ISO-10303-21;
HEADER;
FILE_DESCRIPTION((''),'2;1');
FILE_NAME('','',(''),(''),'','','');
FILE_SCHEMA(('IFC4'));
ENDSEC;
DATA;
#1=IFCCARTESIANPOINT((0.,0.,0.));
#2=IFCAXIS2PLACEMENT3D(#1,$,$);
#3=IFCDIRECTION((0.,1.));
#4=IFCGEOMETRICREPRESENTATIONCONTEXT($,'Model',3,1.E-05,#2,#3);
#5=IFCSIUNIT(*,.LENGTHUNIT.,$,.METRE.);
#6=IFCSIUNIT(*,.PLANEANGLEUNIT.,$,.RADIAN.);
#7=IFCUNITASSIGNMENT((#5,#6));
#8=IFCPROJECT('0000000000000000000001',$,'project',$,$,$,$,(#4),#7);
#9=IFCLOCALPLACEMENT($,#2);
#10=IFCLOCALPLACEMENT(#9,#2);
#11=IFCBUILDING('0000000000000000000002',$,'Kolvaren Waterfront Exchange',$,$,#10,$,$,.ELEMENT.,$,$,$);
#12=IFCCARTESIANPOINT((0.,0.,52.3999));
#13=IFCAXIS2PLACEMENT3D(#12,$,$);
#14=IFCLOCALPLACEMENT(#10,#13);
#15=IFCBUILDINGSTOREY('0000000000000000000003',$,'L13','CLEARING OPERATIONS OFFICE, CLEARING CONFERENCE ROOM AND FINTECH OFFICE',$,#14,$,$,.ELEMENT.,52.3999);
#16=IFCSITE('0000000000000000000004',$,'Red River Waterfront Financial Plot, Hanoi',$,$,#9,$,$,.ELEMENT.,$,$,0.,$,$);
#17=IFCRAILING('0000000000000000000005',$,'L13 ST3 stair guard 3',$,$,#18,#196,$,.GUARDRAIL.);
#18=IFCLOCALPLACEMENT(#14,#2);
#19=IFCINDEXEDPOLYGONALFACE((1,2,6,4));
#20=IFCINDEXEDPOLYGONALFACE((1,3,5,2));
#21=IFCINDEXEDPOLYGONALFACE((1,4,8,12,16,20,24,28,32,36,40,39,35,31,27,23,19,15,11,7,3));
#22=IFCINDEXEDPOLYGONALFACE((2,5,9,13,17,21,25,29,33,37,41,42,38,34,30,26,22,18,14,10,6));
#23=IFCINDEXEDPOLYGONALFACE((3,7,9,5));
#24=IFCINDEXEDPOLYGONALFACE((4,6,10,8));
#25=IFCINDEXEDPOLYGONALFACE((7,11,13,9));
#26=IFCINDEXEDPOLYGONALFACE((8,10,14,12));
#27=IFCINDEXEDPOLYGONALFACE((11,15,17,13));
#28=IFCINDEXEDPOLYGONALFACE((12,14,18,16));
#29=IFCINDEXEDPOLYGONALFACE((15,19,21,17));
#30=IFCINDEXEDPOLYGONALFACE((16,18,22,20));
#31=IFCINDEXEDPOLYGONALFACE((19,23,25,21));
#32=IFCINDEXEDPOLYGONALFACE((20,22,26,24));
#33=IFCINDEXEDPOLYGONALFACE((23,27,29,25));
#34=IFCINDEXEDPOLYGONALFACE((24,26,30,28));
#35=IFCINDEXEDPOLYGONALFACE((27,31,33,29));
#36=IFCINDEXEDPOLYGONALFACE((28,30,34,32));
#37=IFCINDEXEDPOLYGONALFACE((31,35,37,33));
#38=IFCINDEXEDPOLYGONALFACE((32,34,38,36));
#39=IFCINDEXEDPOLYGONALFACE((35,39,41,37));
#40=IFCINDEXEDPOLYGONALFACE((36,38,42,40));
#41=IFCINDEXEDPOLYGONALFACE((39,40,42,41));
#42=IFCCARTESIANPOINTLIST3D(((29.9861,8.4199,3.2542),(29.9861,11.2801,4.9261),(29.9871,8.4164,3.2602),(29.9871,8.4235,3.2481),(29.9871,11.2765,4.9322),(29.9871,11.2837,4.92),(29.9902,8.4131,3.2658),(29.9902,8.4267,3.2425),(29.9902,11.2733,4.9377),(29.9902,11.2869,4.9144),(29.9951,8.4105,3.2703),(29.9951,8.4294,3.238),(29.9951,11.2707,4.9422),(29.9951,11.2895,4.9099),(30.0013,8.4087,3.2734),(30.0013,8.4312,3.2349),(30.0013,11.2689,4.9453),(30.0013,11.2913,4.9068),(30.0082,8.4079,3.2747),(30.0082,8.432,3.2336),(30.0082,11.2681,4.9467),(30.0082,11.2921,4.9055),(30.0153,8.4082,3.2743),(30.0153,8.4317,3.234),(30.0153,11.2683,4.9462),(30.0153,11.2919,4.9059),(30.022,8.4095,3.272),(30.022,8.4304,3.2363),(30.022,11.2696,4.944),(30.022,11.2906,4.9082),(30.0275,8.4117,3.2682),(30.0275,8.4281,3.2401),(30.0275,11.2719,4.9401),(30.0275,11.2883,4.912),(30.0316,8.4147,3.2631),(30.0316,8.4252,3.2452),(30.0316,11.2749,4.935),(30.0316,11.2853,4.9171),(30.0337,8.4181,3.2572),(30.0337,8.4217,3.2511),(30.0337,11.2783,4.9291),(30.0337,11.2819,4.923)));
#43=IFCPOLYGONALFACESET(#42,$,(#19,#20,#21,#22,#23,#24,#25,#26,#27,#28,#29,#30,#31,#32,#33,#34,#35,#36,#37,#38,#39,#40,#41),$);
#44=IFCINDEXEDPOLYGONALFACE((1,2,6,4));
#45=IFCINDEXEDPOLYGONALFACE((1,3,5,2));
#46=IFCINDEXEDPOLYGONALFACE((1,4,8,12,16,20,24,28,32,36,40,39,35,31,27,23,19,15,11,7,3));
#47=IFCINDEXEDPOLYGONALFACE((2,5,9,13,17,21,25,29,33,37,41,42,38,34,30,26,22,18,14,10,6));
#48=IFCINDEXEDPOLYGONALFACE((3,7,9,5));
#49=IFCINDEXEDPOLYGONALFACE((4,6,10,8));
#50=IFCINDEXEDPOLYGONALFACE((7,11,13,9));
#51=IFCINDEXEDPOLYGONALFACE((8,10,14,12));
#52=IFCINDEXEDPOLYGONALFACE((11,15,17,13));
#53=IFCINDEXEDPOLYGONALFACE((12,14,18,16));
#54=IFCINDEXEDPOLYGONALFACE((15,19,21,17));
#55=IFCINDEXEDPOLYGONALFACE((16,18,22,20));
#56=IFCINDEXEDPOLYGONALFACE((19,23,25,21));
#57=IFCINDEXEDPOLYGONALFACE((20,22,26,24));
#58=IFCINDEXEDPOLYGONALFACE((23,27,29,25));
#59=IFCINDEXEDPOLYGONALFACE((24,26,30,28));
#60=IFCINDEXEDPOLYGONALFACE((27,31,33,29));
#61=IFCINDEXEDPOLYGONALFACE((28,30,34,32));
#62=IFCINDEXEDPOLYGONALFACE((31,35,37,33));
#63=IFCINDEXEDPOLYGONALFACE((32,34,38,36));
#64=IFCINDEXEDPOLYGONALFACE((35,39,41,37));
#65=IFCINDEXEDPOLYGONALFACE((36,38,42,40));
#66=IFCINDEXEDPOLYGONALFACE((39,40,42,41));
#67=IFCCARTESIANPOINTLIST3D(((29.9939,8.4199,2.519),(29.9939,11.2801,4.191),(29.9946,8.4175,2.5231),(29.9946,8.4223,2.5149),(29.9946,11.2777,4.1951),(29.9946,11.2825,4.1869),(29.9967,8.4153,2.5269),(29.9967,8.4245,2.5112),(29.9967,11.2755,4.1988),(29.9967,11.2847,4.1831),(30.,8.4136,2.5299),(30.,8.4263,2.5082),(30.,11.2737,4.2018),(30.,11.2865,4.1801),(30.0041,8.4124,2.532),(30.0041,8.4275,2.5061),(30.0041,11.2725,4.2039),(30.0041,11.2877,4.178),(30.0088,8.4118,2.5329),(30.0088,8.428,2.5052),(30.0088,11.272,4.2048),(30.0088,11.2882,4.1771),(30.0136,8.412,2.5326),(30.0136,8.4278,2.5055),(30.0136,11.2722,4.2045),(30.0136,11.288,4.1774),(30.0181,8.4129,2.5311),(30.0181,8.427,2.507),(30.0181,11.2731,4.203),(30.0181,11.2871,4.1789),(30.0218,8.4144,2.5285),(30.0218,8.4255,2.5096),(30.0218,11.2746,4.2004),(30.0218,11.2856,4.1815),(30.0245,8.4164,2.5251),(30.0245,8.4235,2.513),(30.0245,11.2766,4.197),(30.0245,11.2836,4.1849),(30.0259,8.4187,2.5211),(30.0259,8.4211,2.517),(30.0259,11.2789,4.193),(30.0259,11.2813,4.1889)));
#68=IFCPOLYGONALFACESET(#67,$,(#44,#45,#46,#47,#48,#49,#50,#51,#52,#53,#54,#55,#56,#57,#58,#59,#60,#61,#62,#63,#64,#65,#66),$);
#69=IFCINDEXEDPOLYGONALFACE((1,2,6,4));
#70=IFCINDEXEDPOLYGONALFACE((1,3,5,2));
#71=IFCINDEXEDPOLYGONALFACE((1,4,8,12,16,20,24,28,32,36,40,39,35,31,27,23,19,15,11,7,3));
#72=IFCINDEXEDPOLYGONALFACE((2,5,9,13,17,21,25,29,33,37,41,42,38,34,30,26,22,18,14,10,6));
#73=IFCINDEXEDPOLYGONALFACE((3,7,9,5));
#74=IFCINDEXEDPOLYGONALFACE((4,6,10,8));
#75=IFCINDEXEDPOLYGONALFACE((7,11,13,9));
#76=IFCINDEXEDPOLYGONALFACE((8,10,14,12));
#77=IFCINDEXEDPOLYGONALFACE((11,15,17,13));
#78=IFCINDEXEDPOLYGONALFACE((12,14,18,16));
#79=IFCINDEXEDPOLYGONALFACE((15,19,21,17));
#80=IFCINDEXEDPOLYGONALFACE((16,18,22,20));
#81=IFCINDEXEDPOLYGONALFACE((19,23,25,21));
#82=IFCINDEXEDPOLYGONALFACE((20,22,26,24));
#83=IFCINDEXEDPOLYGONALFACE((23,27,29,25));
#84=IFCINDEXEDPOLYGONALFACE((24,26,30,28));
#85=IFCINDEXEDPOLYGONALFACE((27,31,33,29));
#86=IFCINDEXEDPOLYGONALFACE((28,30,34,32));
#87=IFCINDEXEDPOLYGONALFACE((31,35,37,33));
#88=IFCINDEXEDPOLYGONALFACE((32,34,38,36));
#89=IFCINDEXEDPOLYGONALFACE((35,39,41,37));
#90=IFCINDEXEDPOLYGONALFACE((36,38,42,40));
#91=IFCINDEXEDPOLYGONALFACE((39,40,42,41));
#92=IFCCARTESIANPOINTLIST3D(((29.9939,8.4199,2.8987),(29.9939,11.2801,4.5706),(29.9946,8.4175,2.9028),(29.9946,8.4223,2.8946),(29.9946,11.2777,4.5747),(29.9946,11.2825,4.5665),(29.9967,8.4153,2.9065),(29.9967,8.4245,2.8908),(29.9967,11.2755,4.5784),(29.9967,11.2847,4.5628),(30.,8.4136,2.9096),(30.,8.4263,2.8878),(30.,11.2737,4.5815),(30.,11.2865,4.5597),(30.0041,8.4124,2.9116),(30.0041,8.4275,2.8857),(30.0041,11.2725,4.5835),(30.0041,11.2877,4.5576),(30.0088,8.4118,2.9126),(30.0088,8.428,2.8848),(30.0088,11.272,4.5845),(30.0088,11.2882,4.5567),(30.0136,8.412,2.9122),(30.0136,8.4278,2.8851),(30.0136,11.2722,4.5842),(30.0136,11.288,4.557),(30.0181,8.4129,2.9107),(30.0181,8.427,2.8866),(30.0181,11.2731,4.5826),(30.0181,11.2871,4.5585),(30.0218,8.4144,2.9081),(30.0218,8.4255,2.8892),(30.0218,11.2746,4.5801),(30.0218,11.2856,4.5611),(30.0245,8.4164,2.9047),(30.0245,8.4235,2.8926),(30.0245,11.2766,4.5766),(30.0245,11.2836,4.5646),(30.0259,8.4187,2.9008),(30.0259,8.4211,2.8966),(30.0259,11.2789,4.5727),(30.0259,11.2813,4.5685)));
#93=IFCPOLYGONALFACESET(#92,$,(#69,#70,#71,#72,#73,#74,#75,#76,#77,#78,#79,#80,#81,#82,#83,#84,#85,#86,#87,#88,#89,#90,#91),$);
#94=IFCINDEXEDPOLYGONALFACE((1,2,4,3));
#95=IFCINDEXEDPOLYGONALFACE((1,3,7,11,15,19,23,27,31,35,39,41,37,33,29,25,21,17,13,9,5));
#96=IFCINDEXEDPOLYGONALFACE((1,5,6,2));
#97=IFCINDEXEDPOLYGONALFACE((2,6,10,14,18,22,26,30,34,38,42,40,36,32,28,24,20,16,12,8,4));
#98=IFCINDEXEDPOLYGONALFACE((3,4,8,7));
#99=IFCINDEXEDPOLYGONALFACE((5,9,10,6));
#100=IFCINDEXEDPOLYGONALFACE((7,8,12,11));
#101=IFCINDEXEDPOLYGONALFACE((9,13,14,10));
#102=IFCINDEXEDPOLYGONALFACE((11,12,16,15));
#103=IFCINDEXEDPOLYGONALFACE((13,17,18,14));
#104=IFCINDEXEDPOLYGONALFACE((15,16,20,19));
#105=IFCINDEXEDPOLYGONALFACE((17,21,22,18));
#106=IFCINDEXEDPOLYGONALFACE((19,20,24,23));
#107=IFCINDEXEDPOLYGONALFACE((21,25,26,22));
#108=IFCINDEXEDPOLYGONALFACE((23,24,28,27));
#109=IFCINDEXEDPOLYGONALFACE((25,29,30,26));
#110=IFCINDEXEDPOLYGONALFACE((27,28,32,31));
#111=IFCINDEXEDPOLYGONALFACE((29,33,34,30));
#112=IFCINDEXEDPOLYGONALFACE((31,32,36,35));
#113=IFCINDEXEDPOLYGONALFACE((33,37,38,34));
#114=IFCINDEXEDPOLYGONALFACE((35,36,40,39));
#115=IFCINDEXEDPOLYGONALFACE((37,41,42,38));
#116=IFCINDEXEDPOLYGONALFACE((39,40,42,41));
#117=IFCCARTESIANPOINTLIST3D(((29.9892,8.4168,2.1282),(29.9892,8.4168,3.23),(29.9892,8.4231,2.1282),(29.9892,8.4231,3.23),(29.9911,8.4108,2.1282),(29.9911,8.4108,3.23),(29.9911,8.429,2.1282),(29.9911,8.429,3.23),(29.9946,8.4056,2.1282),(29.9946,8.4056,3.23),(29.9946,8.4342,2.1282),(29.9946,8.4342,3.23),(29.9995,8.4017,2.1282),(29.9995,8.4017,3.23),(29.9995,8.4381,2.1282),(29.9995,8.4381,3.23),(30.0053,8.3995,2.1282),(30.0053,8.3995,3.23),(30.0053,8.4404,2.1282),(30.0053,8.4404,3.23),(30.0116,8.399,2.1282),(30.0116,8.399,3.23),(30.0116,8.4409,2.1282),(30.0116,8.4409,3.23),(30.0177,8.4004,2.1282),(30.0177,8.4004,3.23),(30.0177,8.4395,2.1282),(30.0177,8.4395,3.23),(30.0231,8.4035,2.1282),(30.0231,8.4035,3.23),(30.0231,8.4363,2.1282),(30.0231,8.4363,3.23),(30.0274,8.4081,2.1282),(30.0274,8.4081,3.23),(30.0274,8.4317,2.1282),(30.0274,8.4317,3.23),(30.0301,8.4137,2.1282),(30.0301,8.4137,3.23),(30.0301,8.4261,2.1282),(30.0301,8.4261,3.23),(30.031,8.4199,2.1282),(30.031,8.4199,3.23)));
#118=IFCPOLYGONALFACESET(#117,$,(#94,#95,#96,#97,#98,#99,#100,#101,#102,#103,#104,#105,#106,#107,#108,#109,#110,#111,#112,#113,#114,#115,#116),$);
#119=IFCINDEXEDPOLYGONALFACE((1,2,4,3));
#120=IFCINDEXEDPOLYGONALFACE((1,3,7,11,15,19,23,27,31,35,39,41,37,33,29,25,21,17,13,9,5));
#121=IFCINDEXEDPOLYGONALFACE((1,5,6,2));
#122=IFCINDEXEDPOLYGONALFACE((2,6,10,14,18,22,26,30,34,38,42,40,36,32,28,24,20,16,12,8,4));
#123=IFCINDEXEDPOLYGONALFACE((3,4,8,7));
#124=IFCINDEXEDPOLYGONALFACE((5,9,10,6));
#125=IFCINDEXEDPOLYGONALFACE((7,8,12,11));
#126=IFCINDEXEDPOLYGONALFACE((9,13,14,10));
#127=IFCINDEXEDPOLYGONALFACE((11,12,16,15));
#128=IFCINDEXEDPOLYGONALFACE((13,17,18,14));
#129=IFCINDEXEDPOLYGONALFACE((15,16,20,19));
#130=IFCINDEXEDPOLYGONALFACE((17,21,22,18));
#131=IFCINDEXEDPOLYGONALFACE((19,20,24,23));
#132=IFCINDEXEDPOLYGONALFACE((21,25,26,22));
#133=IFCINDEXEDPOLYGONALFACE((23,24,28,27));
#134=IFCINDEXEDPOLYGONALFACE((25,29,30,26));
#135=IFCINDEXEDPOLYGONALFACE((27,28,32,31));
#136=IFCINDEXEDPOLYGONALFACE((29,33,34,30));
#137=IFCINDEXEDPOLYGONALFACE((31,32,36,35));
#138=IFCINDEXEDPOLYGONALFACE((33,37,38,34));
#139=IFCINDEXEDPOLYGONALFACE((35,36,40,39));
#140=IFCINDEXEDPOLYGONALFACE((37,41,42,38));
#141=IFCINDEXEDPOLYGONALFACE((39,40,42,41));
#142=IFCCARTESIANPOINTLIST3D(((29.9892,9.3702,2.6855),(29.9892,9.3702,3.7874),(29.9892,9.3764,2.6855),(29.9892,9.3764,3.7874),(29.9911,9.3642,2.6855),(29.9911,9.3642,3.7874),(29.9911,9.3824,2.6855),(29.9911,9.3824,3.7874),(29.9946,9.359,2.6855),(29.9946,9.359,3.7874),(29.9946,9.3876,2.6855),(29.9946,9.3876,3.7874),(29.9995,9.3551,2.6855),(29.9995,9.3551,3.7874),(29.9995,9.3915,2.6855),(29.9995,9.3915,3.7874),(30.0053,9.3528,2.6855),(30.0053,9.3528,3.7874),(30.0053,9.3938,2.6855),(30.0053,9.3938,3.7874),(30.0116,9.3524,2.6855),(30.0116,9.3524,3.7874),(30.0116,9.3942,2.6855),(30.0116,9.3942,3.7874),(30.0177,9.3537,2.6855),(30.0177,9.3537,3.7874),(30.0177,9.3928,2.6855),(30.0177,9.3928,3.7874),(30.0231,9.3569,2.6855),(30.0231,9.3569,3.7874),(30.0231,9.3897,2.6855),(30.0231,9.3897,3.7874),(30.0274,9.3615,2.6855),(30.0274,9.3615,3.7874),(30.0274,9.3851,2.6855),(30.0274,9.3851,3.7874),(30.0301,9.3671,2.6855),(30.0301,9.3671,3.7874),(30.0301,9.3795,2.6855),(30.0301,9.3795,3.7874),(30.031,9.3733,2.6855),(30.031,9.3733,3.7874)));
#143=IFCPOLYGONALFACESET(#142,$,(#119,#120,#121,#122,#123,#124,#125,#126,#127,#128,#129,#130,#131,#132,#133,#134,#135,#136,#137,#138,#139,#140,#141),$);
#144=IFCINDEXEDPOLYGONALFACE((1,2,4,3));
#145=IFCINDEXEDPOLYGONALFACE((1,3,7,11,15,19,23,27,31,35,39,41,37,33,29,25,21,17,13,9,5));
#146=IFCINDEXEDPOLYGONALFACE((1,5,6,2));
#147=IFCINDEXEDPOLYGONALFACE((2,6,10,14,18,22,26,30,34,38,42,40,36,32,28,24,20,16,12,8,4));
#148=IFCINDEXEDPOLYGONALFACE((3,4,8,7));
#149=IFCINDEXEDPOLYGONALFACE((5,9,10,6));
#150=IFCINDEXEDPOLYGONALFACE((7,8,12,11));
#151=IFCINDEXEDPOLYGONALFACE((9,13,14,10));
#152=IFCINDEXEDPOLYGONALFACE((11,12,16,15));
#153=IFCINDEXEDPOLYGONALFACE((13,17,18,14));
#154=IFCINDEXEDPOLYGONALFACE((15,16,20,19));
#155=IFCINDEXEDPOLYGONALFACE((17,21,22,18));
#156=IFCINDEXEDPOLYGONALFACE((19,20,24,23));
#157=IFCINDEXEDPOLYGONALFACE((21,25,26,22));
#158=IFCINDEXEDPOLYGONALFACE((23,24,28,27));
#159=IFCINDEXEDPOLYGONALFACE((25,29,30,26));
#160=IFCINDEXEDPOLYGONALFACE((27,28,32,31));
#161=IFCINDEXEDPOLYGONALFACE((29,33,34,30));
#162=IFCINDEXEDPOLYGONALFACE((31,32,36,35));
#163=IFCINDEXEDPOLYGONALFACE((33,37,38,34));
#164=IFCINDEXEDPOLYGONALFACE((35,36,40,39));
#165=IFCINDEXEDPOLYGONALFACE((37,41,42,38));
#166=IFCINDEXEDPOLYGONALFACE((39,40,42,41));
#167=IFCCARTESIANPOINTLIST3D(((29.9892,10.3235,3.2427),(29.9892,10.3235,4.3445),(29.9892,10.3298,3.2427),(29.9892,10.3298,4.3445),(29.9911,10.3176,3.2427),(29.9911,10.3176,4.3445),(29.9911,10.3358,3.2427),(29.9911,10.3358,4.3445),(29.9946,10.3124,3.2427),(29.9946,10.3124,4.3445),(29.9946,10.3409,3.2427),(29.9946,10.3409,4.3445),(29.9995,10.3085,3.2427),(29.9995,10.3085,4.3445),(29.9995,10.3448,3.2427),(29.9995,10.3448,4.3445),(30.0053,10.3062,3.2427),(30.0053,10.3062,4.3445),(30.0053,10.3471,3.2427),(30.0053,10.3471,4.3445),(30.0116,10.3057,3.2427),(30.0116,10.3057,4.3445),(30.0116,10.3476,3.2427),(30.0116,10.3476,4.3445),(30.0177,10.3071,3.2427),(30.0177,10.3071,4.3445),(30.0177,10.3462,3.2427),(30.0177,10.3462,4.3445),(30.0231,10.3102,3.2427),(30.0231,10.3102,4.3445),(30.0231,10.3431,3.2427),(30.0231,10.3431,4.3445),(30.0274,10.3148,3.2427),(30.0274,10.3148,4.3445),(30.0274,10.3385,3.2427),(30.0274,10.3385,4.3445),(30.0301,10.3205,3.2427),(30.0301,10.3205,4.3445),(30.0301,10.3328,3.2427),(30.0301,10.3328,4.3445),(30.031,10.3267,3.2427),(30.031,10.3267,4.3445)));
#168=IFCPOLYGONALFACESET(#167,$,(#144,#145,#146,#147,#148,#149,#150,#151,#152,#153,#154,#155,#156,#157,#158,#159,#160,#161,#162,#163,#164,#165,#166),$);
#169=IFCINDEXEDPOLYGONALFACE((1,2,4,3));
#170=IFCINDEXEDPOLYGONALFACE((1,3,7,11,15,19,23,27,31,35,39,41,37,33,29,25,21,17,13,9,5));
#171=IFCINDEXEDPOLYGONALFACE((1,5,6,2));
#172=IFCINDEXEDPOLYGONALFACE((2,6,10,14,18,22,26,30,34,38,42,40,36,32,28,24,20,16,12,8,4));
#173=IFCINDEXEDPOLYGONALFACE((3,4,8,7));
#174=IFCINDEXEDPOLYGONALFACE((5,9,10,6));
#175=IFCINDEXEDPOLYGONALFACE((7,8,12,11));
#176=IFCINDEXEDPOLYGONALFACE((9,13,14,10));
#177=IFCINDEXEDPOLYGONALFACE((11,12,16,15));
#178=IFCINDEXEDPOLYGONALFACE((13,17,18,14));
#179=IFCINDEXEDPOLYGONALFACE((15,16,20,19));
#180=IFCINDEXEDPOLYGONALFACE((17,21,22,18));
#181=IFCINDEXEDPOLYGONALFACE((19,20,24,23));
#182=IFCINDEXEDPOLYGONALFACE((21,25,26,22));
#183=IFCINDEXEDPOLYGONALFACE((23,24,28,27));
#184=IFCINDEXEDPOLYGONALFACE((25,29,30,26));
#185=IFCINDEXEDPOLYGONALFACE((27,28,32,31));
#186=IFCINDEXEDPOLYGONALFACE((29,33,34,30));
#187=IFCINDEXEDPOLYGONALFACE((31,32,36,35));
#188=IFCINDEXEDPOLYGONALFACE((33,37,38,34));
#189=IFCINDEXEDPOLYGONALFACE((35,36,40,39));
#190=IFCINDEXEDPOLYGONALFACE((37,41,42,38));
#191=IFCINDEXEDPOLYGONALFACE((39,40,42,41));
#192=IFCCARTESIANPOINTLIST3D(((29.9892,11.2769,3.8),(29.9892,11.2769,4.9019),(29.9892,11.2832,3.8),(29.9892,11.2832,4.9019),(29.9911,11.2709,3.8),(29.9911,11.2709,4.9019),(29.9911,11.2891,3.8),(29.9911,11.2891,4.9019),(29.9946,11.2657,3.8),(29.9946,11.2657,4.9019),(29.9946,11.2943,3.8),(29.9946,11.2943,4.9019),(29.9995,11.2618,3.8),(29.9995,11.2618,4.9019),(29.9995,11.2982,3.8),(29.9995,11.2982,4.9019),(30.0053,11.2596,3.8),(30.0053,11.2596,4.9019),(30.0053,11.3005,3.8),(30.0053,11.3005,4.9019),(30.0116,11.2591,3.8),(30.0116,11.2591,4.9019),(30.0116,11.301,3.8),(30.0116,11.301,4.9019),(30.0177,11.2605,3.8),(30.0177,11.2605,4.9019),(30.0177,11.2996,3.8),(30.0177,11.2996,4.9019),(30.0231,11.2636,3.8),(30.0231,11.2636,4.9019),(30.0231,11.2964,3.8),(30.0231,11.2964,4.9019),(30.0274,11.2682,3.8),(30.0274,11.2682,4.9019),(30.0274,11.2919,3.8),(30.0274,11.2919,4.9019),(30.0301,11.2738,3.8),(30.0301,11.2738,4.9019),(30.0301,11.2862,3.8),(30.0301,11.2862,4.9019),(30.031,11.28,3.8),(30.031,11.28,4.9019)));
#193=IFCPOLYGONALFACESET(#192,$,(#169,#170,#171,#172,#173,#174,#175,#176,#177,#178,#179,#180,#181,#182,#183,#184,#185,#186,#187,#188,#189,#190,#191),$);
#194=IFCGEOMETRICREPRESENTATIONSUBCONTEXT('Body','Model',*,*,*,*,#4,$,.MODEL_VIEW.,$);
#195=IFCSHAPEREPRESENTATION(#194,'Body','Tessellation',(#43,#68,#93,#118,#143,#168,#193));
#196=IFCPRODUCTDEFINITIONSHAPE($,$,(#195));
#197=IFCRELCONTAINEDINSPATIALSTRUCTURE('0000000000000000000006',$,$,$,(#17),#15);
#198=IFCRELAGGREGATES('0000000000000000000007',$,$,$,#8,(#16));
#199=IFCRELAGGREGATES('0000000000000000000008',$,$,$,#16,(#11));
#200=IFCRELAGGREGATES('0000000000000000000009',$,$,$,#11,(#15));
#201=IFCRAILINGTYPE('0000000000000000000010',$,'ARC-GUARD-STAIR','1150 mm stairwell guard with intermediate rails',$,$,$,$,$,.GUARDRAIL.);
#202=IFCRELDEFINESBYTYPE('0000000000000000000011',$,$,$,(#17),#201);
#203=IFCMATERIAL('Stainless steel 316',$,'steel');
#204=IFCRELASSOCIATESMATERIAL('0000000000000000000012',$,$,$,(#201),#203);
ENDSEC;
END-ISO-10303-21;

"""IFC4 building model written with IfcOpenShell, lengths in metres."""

from ifc_helpers import new_model, si_unit, direction, frame, origin, origin_2d, place, context, subcontext, project, spatial, circle, extrude, material, type_object, element, save


model = new_model("IFC4")

# Units and contexts
model_context = context("Model", 3, precision=1e-05, world=origin(), true_north=direction((0.0, 1.0)))
body_context = subcontext(model_context, "Body", "Model", "MODEL_VIEW")
ifc_project = project(units=[si_unit("LENGTHUNIT", "METRE"), si_unit("PLANEANGLEUNIT", "RADIAN")], contexts=[model_context])

# Site, building, storey
site_placement = place(None, origin())
site = spatial("IfcSite", under=ifc_project, at=site_placement, Name="Red River Waterfront Financial Plot, Hanoi", CompositionType="ELEMENT", RefElevation=0.0)
building_placement = place(site_placement, origin())
building = spatial("IfcBuilding", under=site, at=building_placement, Name="Kolvaren Waterfront Exchange", CompositionType="ELEMENT")
storey_placement = place(building_placement, frame((0.0, 0.0, 52.3999)))
storey = spatial("IfcBuildingStorey", under=building, at=storey_placement, Name="L13", Description="CLEARING OPERATIONS OFFICE, CLEARING CONFERENCE ROOM AND FINTECH OFFICE", CompositionType="ELEMENT", Elevation=52.3999)

# Railing
ifc_material_1 = material(Name="Stainless steel 316", Category="steel")
railing_type_1 = type_object("IfcRailingType", Name="ARC-GUARD-STAIR", Description="1150 mm stairwell guard with intermediate rails", PredefinedType="GUARDRAIL", material=ifc_material_1)
railing_1_placement = place(storey_placement, frame((30.01, 8.4199, 2.1282)))
element("IfcRailing", 1, at=railing_1_placement, inside=storey, type_object=railing_type_1, Name="L13 ST3 stair guard 3", PredefinedType="GUARDRAIL", context=body_context, shape_type="SweptSolid", body=[
    extrude(circle(Radius=0.0239, at=origin_2d()), frame((0.0, 0.0, 1.126), z_axis=(0.0, 0.863321, 0.504654), x_axis=(-1.0, 0.0, 0.0)), (0.0, 0.0, 1.0), 3.313),
    extrude(circle(Radius=0.0161, at=origin_2d()), frame((0.0, 0.0, 0.3909), z_axis=(0.0, 0.863321, 0.504654), x_axis=(-1.0, 0.0, 0.0)), (0.0, 0.0, 1.0), 3.313),
    extrude(circle(Radius=0.0161, at=origin_2d()), frame((0.0, 0.0, 0.7705), z_axis=(0.0, 0.863321, 0.504654), x_axis=(-1.0, 0.0, 0.0)), (0.0, 0.0, 1.0), 3.313),
    extrude(circle(Radius=0.021, at=origin_2d()), origin(), (0.0, 0.0, 1.0), 1.1018),
    extrude(circle(Radius=0.021, at=origin_2d()), frame((0.0, 0.9534, 0.5574)), (0.0, 0.0, 1.0), 1.1018),
    extrude(circle(Radius=0.021, at=origin_2d()), frame((0.0, 1.9067, 1.1145)), (0.0, 0.0, 1.0), 1.1018),
    extrude(circle(Radius=0.021, at=origin_2d()), frame((0.0, 2.8601, 1.6719)), (0.0, 0.0, 1.0), 1.1018),
])

save(model, "model.ifc")
